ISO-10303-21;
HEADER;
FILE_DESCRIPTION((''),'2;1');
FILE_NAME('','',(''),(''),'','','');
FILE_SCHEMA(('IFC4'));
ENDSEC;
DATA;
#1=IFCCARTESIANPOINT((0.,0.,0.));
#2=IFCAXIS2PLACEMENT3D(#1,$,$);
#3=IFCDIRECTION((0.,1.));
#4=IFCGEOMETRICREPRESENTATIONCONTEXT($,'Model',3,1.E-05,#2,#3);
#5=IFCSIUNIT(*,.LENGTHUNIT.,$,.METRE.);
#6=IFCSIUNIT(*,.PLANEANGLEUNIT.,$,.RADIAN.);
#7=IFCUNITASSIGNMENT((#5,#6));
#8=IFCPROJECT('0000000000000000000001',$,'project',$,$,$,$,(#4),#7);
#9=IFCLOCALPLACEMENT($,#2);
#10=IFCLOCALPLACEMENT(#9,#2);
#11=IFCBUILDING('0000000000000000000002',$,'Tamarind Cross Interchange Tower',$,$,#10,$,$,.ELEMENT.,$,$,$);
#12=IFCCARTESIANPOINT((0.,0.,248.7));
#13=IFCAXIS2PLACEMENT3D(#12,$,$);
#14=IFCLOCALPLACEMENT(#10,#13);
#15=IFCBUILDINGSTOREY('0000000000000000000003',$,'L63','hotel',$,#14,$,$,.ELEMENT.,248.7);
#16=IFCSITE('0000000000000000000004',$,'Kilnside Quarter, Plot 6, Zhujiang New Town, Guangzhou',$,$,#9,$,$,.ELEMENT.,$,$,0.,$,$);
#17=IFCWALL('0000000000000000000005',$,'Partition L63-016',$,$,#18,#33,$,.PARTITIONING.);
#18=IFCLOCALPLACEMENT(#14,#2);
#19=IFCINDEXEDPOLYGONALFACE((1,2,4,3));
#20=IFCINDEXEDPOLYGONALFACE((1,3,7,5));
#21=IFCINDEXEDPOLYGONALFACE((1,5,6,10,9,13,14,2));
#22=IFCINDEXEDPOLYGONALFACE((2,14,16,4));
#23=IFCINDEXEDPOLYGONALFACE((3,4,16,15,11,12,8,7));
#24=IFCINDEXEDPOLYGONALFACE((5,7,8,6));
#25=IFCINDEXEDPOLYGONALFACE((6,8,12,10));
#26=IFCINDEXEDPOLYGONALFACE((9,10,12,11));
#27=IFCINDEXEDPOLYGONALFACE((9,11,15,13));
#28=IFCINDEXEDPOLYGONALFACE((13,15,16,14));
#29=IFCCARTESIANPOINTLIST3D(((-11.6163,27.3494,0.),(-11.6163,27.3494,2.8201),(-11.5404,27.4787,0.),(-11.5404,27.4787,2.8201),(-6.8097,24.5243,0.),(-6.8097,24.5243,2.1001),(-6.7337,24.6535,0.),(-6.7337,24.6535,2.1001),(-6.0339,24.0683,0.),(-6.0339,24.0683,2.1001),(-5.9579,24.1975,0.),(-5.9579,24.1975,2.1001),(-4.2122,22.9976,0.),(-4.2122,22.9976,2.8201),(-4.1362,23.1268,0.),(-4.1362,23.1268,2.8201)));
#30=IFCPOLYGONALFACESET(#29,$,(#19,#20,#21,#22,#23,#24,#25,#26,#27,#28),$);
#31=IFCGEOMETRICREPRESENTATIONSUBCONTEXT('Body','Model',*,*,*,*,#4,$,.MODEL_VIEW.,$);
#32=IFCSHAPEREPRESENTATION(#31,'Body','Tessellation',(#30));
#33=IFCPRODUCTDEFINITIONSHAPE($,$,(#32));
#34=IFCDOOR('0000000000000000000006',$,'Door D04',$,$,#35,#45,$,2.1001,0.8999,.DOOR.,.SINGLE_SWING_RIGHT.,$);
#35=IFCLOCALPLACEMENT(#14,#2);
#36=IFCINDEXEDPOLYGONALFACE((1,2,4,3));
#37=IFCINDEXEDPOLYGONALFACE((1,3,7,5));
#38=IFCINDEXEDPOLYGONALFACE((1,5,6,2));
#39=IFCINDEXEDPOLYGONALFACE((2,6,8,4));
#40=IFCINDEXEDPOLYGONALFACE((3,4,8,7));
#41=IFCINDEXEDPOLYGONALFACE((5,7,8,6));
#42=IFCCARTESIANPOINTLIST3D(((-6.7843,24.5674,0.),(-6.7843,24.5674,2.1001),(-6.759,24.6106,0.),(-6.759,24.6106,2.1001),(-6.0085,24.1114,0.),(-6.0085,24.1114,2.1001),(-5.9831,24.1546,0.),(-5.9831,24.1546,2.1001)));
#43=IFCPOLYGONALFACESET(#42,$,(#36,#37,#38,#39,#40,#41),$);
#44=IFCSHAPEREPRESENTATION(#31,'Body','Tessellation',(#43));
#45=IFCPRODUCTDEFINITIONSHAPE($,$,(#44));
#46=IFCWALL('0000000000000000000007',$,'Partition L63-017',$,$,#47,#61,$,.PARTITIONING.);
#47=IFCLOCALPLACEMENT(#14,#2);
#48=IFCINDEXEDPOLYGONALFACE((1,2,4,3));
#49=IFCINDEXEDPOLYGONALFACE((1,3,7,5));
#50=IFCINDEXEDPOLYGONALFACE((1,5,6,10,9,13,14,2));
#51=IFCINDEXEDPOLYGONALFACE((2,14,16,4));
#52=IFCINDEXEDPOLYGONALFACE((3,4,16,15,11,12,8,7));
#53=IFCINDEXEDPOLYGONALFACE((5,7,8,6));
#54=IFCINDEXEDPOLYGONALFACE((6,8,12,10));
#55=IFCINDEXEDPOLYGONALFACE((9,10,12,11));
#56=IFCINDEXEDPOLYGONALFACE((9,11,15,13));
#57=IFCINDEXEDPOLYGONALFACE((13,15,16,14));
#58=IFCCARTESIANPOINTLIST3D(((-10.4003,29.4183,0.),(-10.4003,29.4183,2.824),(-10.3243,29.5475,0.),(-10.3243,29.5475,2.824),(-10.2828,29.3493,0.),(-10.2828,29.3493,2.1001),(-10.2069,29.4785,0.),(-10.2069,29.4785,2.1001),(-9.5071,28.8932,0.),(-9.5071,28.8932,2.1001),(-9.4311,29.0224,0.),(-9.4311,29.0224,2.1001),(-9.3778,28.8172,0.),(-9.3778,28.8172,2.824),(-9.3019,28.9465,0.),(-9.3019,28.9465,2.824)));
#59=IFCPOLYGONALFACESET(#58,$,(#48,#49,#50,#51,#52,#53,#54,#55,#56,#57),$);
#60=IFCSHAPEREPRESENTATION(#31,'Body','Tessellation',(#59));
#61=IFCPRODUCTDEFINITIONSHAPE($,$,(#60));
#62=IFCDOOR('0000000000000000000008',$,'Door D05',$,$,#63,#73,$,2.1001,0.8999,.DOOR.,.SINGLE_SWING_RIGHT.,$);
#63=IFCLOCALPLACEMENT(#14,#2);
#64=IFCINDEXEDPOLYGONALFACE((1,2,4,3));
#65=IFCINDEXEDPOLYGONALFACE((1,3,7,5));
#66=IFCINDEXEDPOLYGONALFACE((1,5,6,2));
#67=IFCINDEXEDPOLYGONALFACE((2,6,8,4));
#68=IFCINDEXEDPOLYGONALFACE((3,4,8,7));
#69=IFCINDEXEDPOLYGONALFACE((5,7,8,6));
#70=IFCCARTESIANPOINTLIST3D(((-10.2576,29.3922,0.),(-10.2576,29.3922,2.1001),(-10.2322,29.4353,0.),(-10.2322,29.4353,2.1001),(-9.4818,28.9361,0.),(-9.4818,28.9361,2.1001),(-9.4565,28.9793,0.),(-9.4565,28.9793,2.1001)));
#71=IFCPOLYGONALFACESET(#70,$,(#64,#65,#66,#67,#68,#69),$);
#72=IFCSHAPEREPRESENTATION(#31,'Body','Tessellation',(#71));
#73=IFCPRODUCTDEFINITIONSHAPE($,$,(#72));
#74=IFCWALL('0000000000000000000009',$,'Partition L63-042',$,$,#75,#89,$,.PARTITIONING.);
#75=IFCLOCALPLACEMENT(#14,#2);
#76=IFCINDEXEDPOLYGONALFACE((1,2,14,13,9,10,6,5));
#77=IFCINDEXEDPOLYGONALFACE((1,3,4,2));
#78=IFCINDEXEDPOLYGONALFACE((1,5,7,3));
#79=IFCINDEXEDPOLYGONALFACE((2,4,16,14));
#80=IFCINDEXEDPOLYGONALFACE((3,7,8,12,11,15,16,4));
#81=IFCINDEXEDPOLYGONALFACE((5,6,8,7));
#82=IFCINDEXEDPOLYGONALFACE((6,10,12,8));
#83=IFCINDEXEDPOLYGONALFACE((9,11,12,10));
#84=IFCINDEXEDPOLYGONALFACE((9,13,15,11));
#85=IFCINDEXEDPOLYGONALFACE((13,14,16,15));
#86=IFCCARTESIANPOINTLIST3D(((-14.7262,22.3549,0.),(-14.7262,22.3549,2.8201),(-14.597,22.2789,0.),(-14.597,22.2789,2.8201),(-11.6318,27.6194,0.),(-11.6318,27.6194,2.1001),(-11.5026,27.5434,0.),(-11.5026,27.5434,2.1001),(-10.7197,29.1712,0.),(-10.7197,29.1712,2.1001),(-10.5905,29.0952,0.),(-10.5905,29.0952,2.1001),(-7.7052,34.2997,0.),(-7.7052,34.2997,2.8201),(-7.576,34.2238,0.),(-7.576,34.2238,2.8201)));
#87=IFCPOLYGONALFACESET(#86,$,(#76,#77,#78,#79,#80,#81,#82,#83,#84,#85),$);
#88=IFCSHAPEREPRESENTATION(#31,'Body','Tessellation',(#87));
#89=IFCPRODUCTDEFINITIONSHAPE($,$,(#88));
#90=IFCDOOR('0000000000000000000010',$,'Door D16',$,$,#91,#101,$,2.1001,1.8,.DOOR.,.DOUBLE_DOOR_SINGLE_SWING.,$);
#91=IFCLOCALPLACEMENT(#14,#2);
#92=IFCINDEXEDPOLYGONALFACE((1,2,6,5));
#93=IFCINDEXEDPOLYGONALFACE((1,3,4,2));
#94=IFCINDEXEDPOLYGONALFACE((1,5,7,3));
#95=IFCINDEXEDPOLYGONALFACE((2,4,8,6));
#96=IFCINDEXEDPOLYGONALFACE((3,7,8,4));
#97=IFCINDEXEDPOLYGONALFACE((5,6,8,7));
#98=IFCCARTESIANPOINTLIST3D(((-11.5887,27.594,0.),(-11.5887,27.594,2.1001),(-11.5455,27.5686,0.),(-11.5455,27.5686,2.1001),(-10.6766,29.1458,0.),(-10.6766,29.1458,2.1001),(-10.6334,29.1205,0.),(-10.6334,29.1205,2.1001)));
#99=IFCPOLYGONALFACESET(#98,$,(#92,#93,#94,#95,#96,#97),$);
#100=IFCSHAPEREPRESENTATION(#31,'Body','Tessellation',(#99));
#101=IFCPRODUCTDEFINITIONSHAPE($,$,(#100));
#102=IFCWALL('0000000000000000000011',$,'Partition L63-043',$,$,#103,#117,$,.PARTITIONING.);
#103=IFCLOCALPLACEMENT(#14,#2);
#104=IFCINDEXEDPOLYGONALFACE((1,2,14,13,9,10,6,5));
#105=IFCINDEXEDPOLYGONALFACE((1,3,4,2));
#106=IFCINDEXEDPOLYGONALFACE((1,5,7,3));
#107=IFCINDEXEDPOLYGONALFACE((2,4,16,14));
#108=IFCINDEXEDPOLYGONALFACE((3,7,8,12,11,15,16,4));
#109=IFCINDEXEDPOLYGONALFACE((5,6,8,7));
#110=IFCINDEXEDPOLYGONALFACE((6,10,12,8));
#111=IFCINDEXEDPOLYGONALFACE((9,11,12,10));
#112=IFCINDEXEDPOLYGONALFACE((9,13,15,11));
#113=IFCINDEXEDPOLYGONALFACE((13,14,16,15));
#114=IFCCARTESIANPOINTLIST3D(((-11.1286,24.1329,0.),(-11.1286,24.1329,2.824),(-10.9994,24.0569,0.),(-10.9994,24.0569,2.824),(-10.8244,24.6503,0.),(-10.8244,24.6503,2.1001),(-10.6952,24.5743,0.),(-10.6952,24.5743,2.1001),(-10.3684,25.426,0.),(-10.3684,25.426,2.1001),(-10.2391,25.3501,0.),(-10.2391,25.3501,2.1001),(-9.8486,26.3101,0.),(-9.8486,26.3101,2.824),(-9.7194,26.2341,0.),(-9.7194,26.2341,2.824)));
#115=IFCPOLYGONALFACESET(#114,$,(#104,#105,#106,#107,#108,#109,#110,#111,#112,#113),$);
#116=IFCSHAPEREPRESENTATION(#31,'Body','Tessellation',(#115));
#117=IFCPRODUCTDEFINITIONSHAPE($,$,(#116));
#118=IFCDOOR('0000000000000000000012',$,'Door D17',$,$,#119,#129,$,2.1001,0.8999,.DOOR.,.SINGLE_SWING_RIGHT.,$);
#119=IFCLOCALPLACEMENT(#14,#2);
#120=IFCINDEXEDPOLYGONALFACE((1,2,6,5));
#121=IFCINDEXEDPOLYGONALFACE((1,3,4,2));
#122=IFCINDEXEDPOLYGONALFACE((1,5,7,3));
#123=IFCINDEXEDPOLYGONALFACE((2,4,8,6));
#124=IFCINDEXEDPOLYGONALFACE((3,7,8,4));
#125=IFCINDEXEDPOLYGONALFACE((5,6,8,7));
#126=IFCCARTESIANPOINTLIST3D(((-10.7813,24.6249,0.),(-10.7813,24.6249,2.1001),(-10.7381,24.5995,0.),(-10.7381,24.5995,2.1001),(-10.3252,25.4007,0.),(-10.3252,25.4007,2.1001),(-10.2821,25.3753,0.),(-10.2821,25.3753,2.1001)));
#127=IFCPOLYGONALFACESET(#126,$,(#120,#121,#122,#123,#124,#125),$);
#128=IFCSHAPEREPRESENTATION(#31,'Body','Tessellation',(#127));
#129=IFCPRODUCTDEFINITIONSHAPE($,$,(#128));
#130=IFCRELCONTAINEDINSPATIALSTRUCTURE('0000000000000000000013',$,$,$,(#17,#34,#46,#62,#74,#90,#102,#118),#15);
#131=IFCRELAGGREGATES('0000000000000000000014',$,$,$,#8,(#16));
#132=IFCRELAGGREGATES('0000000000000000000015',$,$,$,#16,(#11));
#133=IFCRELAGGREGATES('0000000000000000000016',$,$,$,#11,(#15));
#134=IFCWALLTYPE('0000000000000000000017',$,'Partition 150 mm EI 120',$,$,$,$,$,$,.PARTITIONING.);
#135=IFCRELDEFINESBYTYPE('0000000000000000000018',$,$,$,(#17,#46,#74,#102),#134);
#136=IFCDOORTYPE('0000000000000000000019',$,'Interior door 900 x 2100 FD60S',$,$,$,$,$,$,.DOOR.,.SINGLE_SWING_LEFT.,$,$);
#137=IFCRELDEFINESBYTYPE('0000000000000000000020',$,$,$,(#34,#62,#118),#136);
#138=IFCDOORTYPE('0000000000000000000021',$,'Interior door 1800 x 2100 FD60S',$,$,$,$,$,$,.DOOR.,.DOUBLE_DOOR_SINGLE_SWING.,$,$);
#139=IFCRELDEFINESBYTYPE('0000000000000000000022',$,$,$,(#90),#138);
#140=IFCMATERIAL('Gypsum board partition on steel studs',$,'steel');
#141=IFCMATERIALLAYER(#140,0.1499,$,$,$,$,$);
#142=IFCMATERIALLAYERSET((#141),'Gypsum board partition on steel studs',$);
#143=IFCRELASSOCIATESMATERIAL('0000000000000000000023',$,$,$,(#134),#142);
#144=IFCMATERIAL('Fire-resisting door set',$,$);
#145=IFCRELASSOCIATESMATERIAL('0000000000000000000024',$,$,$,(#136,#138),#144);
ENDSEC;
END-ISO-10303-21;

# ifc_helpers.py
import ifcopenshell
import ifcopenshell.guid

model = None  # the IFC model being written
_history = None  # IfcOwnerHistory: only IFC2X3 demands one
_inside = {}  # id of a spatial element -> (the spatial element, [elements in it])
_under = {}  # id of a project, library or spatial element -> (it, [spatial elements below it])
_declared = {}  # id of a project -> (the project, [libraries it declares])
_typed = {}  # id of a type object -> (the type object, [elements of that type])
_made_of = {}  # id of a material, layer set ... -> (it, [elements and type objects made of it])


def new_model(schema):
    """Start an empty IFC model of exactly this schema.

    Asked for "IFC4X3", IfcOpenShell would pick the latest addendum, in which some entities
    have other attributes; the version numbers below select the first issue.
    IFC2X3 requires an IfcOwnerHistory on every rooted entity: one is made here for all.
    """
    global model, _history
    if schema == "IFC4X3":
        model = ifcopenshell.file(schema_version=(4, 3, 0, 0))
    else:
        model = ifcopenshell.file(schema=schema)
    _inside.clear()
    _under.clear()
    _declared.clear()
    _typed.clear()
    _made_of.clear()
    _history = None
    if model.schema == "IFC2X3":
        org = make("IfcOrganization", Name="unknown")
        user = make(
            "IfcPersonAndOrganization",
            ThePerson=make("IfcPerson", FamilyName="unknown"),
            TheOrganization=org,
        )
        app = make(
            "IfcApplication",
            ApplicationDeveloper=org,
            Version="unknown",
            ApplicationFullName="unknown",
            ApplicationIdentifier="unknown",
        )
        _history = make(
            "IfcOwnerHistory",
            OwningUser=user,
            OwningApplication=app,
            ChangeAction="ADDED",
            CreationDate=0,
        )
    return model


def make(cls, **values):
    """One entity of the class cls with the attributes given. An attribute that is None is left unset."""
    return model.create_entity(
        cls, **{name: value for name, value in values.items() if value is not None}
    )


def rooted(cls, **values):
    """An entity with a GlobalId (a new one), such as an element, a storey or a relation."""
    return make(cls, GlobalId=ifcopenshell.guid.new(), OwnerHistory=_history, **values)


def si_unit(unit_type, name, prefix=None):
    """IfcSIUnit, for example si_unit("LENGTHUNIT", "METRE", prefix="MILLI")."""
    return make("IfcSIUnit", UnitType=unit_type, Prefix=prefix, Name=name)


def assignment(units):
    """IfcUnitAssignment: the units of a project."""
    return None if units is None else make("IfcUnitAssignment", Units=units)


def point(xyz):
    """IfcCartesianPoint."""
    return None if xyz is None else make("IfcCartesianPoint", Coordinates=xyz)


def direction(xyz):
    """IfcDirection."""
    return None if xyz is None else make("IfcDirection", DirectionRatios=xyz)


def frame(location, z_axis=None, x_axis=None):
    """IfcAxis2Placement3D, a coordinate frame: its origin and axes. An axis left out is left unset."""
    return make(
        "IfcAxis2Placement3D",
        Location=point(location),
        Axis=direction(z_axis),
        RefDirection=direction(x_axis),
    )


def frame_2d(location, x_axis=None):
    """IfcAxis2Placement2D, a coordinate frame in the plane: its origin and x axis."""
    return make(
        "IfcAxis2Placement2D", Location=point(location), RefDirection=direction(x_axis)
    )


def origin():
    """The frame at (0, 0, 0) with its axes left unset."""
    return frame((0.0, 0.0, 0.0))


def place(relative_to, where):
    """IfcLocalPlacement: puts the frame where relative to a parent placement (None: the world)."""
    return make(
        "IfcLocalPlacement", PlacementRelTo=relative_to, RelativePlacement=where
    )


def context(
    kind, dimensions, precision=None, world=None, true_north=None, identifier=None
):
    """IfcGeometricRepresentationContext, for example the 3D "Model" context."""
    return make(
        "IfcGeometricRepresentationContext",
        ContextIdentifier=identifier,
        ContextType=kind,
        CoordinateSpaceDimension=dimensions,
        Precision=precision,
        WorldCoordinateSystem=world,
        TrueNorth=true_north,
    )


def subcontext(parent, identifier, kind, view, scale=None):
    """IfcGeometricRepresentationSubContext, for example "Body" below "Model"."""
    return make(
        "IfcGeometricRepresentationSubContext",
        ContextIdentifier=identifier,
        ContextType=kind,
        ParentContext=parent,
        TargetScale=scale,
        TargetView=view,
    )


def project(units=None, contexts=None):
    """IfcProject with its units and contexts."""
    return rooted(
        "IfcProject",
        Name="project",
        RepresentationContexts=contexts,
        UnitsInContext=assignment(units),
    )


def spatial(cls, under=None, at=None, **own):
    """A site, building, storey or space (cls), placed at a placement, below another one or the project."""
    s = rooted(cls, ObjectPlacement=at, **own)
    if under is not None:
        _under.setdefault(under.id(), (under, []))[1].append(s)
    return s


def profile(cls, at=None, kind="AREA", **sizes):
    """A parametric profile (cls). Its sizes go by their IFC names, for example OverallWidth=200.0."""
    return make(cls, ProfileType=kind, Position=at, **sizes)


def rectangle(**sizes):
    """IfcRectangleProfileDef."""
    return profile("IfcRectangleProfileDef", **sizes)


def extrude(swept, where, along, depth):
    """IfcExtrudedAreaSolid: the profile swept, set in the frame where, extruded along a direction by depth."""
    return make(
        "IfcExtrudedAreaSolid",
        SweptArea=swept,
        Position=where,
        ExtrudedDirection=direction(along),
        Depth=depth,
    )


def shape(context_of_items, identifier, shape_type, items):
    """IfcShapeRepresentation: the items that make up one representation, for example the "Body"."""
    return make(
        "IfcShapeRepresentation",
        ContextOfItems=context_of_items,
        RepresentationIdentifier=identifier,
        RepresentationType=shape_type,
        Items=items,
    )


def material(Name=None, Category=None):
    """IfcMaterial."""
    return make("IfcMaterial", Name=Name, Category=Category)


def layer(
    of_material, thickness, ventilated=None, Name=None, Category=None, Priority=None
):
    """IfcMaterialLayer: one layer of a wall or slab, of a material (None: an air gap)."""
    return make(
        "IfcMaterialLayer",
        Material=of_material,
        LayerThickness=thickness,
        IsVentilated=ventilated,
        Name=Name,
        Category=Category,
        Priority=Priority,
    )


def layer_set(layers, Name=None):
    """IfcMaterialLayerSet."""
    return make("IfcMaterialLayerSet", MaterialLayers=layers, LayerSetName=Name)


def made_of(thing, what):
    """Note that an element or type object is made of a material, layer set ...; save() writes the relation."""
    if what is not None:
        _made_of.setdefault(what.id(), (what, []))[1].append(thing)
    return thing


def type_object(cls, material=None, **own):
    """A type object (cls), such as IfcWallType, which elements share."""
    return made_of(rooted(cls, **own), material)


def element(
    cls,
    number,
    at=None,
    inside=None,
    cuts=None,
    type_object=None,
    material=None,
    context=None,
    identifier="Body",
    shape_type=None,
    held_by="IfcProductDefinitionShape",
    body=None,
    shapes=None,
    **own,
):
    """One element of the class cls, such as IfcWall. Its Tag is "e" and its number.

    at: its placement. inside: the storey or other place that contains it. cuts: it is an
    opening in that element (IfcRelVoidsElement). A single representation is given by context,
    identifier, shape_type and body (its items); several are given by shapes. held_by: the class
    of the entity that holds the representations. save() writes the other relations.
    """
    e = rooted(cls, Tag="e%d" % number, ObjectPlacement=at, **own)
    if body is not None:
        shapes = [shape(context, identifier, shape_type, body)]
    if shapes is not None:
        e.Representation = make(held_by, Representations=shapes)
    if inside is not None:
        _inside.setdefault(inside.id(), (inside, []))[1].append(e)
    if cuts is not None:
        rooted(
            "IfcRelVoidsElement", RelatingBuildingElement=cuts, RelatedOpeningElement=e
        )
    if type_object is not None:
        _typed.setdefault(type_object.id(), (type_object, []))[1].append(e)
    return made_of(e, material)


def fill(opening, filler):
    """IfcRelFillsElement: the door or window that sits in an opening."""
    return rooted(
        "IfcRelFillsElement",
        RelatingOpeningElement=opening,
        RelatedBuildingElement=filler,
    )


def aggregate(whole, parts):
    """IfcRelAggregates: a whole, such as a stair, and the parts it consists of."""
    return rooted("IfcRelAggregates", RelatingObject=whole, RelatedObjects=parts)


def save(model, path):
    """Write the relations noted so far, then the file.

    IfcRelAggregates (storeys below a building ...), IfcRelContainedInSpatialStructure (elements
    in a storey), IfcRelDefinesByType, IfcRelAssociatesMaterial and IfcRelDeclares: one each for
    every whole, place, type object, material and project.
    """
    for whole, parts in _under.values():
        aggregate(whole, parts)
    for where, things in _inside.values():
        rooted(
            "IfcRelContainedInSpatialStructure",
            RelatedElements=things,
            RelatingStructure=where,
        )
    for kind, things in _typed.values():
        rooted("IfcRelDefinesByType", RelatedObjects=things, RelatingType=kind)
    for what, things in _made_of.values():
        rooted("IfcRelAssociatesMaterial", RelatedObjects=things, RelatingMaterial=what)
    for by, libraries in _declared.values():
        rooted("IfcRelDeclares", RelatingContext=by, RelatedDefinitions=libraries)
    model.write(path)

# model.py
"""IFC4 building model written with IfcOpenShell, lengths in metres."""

from ifc_helpers import new_model, si_unit, direction, frame, frame_2d, origin, place, context, subcontext, project, spatial, rectangle, extrude, material, layer, layer_set, type_object, element, fill, save


model = new_model("IFC4")

# Units and contexts
model_context = context("Model", 3, precision=1e-05, world=origin(), true_north=direction((0.0, 1.0)))
body_context = subcontext(model_context, "Body", "Model", "MODEL_VIEW")
ifc_project = project(units=[si_unit("LENGTHUNIT", "METRE"), si_unit("PLANEANGLEUNIT", "RADIAN")], contexts=[model_context])

# Site, building, storey
site_placement = place(None, origin())
site = spatial("IfcSite", under=ifc_project, at=site_placement, Name="Kilnside Quarter, Plot 6, Zhujiang New Town, Guangzhou", CompositionType="ELEMENT", RefElevation=0.0)
building_placement = place(site_placement, origin())
building = spatial("IfcBuilding", under=site, at=building_placement, Name="Tamarind Cross Interchange Tower", CompositionType="ELEMENT")
storey_placement = place(building_placement, frame((0.0, 0.0, 248.7)))
storey = spatial("IfcBuildingStorey", under=building, at=storey_placement, Name="L63", Description="hotel", CompositionType="ELEMENT", Elevation=248.7)

# Shared definitions
ifc_material_1 = material(Name="Gypsum board partition on steel studs", Category="steel")
ifc_layer_1 = layer(ifc_material_1, 0.1499)
ifc_layer_set_1 = layer_set([ifc_layer_1], Name="Gypsum board partition on steel studs")
wall_type = type_object("IfcWallType", Name="Partition 150 mm EI 120", PredefinedType="PARTITIONING", material=ifc_layer_set_1)

# Walls, openings, doors
wall_1_placement = place(storey_placement, frame((-11.5784, 27.4141, 0.0), z_axis=(0.0, 0.0, 1.0), x_axis=(0.862113, -0.506716, 0.0)))
wall_1 = element("IfcWall", 1, at=wall_1_placement, inside=storey, type_object=wall_type, Name="Partition L63-016", PredefinedType="PARTITIONING", context=body_context, shape_type="SweptSolid", body=[
    extrude(rectangle(XDim=8.5884, YDim=0.1499, at=frame_2d((4.2942, 0.0))), origin(), (0.0, 0.0, 1.0), 2.8201),
])
opening_1_placement = place(wall_1_placement, frame((5.5754, 0.0, 0.0)))
opening_1 = element("IfcOpeningElement", 2, at=opening_1_placement, cuts=wall_1, PredefinedType="OPENING", context=body_context, shape_type="SweptSolid", body=[
    extrude(rectangle(XDim=0.8999, YDim=2.1001, at=frame_2d((0.45, 1.05))), frame((0.0, 0.085, 0.0), z_axis=(0.0, -1.0, 0.0), x_axis=(1.0, 0.0, 0.0)), (0.0, 0.0, 1.0), 0.1699),
])
ifc_material_2 = material(Name="Fire-resisting door set")
door_type_1 = type_object("IfcDoorType", Name="Interior door 900 x 2100 FD60S", OperationType="SINGLE_SWING_LEFT", PredefinedType="DOOR", material=ifc_material_2)
door_1_placement = place(opening_1_placement, frame((0.8999, 0.0, 0.0), z_axis=(0.0, 0.0, 1.0), x_axis=(-1.0, 0.0, 0.0)))
door_1 = element("IfcDoor", 3, at=door_1_placement, inside=storey, type_object=door_type_1, Name="Door D04", OperationType="SINGLE_SWING_RIGHT", OverallHeight=2.1001, OverallWidth=0.8999, PredefinedType="DOOR", context=body_context, shape_type="SweptSolid", body=[
    extrude(rectangle(XDim=0.8999, YDim=2.1001, at=frame_2d((0.45, 1.05))), frame((0.0, 0.0249, 0.0), z_axis=(0.0, -1.0, 0.0), x_axis=(1.0, 0.0, 0.0)), (0.0, 0.0, 1.0), 0.05),
])
fill(opening_1, door_1)
wall_2_placement = place(storey_placement, frame((-10.3623, 29.4829, 0.0), z_axis=(0.0, 0.0, 1.0), x_axis=(0.862072, -0.506786, 0.0)))
wall_2 = element("IfcWall", 4, at=wall_2_placement, inside=storey, type_object=wall_type, Name="Partition L63-017", PredefinedType="PARTITIONING", context=body_context, shape_type="SweptSolid", body=[
    extrude(rectangle(XDim=1.186, YDim=0.1499, at=frame_2d((0.593, 0.0))), origin(), (0.0, 0.0, 1.0), 2.824),
])
opening_2_placement = place(wall_2_placement, frame((0.1362, 0.0, 0.0)))
opening_2 = element("IfcOpeningElement", 5, at=opening_2_placement, cuts=wall_2, PredefinedType="OPENING", context=body_context, shape_type="SweptSolid", body=[
    extrude(rectangle(XDim=0.8999, YDim=2.1001, at=frame_2d((0.45, 1.05))), frame((0.0, 0.085, 0.0), z_axis=(0.0, -1.0, 0.0), x_axis=(1.0, 0.0, 0.0)), (0.0, 0.0, 1.0), 0.1699),
])
door_2_placement = place(opening_2_placement, origin())
door_2 = element("IfcDoor", 6, at=door_2_placement, inside=storey, type_object=door_type_1, Name="Door D05", OperationType="SINGLE_SWING_RIGHT", OverallHeight=2.1001, OverallWidth=0.8999, PredefinedType="DOOR", context=body_context, shape_type="SweptSolid", body=[
    extrude(rectangle(XDim=0.8999, YDim=2.1001, at=frame_2d((0.45, 1.05))), frame((0.0, 0.0249, 0.0), z_axis=(0.0, -1.0, 0.0), x_axis=(1.0, 0.0, 0.0)), (0.0, 0.0, 1.0), 0.05),
])
fill(opening_2, door_2)
wall_3_placement = place(storey_placement, frame((-14.6616, 22.3169, 0.0), z_axis=(0.0, 0.0, 1.0), x_axis=(0.506732, 0.862104, 0.0)))
wall_3 = element("IfcWall", 7, at=wall_3_placement, inside=storey, type_object=wall_type, Name="Partition L63-042", PredefinedType="PARTITIONING", context=body_context, shape_type="SweptSolid", body=[
    extrude(rectangle(XDim=13.8555, YDim=0.1499, at=frame_2d((6.9277, 0.0))), origin(), (0.0, 0.0, 1.0), 2.8201),
])
opening_3_placement = place(wall_3_placement, frame((6.1067, 0.0, 0.0)))
opening_3 = element("IfcOpeningElement", 8, at=opening_3_placement, cuts=wall_3, PredefinedType="OPENING", context=body_context, shape_type="SweptSolid", body=[
    extrude(rectangle(XDim=1.8, YDim=2.1001, at=frame_2d((0.8999, 1.05))), frame((0.0, 0.085, 0.0), z_axis=(0.0, -1.0, 0.0), x_axis=(1.0, 0.0, 0.0)), (0.0, 0.0, 1.0), 0.1699),
])
door_type_2 = type_object("IfcDoorType", Name="Interior door 1800 x 2100 FD60S", OperationType="DOUBLE_DOOR_SINGLE_SWING", PredefinedType="DOOR", material=ifc_material_2)
door_3_placement = place(opening_3_placement, origin())
door_3 = element("IfcDoor", 9, at=door_3_placement, inside=storey, type_object=door_type_2, Name="Door D16", OperationType="DOUBLE_DOOR_SINGLE_SWING", OverallHeight=2.1001, OverallWidth=1.8, PredefinedType="DOOR", context=body_context, shape_type="SweptSolid", body=[
    extrude(rectangle(XDim=1.8, YDim=2.1001, at=frame_2d((0.8999, 1.05))), frame((0.0, 0.0249, 0.0), z_axis=(0.0, -1.0, 0.0), x_axis=(1.0, 0.0, 0.0)), (0.0, 0.0, 1.0), 0.05),
])
fill(opening_3, door_3)
wall_4_placement = place(storey_placement, frame((-11.064, 24.095, 0.0), z_axis=(0.0, 0.0, 1.0), x_axis=(0.506813, 0.862056, 0.0)))
wall_4 = element("IfcWall", 10, at=wall_4_placement, inside=storey, type_object=wall_type, Name="Partition L63-043", PredefinedType="PARTITIONING", context=body_context, shape_type="SweptSolid", body=[
    extrude(rectangle(XDim=2.5256, YDim=0.1499, at=frame_2d((1.2627, 0.0))), origin(), (0.0, 0.0, 1.0), 2.824),
])
opening_4_placement = place(wall_4_placement, frame((0.6001, 0.0, 0.0)))
opening_4 = element("IfcOpeningElement", 11, at=opening_4_placement, cuts=wall_4, PredefinedType="OPENING", context=body_context, shape_type="SweptSolid", body=[
    extrude(rectangle(XDim=0.8999, YDim=2.1001, at=frame_2d((0.45, 1.05))), frame((0.0, 0.085, 0.0), z_axis=(0.0, -1.0, 0.0), x_axis=(1.0, 0.0, 0.0)), (0.0, 0.0, 1.0), 0.1699),
])
door_4_placement = place(opening_4_placement, origin())
door_4 = element("IfcDoor", 12, at=door_4_placement, inside=storey, type_object=door_type_1, Name="Door D17", OperationType="SINGLE_SWING_RIGHT", OverallHeight=2.1001, OverallWidth=0.8999, PredefinedType="DOOR", context=body_context, shape_type="SweptSolid", body=[
    extrude(rectangle(XDim=0.8999, YDim=2.1001, at=frame_2d((0.45, 1.05))), frame((0.0, 0.0249, 0.0), z_axis=(0.0, -1.0, 0.0), x_axis=(1.0, 0.0, 0.0)), (0.0, 0.0, 1.0), 0.05),
])
fill(opening_4, door_4)

save(model, "model.ifc")
